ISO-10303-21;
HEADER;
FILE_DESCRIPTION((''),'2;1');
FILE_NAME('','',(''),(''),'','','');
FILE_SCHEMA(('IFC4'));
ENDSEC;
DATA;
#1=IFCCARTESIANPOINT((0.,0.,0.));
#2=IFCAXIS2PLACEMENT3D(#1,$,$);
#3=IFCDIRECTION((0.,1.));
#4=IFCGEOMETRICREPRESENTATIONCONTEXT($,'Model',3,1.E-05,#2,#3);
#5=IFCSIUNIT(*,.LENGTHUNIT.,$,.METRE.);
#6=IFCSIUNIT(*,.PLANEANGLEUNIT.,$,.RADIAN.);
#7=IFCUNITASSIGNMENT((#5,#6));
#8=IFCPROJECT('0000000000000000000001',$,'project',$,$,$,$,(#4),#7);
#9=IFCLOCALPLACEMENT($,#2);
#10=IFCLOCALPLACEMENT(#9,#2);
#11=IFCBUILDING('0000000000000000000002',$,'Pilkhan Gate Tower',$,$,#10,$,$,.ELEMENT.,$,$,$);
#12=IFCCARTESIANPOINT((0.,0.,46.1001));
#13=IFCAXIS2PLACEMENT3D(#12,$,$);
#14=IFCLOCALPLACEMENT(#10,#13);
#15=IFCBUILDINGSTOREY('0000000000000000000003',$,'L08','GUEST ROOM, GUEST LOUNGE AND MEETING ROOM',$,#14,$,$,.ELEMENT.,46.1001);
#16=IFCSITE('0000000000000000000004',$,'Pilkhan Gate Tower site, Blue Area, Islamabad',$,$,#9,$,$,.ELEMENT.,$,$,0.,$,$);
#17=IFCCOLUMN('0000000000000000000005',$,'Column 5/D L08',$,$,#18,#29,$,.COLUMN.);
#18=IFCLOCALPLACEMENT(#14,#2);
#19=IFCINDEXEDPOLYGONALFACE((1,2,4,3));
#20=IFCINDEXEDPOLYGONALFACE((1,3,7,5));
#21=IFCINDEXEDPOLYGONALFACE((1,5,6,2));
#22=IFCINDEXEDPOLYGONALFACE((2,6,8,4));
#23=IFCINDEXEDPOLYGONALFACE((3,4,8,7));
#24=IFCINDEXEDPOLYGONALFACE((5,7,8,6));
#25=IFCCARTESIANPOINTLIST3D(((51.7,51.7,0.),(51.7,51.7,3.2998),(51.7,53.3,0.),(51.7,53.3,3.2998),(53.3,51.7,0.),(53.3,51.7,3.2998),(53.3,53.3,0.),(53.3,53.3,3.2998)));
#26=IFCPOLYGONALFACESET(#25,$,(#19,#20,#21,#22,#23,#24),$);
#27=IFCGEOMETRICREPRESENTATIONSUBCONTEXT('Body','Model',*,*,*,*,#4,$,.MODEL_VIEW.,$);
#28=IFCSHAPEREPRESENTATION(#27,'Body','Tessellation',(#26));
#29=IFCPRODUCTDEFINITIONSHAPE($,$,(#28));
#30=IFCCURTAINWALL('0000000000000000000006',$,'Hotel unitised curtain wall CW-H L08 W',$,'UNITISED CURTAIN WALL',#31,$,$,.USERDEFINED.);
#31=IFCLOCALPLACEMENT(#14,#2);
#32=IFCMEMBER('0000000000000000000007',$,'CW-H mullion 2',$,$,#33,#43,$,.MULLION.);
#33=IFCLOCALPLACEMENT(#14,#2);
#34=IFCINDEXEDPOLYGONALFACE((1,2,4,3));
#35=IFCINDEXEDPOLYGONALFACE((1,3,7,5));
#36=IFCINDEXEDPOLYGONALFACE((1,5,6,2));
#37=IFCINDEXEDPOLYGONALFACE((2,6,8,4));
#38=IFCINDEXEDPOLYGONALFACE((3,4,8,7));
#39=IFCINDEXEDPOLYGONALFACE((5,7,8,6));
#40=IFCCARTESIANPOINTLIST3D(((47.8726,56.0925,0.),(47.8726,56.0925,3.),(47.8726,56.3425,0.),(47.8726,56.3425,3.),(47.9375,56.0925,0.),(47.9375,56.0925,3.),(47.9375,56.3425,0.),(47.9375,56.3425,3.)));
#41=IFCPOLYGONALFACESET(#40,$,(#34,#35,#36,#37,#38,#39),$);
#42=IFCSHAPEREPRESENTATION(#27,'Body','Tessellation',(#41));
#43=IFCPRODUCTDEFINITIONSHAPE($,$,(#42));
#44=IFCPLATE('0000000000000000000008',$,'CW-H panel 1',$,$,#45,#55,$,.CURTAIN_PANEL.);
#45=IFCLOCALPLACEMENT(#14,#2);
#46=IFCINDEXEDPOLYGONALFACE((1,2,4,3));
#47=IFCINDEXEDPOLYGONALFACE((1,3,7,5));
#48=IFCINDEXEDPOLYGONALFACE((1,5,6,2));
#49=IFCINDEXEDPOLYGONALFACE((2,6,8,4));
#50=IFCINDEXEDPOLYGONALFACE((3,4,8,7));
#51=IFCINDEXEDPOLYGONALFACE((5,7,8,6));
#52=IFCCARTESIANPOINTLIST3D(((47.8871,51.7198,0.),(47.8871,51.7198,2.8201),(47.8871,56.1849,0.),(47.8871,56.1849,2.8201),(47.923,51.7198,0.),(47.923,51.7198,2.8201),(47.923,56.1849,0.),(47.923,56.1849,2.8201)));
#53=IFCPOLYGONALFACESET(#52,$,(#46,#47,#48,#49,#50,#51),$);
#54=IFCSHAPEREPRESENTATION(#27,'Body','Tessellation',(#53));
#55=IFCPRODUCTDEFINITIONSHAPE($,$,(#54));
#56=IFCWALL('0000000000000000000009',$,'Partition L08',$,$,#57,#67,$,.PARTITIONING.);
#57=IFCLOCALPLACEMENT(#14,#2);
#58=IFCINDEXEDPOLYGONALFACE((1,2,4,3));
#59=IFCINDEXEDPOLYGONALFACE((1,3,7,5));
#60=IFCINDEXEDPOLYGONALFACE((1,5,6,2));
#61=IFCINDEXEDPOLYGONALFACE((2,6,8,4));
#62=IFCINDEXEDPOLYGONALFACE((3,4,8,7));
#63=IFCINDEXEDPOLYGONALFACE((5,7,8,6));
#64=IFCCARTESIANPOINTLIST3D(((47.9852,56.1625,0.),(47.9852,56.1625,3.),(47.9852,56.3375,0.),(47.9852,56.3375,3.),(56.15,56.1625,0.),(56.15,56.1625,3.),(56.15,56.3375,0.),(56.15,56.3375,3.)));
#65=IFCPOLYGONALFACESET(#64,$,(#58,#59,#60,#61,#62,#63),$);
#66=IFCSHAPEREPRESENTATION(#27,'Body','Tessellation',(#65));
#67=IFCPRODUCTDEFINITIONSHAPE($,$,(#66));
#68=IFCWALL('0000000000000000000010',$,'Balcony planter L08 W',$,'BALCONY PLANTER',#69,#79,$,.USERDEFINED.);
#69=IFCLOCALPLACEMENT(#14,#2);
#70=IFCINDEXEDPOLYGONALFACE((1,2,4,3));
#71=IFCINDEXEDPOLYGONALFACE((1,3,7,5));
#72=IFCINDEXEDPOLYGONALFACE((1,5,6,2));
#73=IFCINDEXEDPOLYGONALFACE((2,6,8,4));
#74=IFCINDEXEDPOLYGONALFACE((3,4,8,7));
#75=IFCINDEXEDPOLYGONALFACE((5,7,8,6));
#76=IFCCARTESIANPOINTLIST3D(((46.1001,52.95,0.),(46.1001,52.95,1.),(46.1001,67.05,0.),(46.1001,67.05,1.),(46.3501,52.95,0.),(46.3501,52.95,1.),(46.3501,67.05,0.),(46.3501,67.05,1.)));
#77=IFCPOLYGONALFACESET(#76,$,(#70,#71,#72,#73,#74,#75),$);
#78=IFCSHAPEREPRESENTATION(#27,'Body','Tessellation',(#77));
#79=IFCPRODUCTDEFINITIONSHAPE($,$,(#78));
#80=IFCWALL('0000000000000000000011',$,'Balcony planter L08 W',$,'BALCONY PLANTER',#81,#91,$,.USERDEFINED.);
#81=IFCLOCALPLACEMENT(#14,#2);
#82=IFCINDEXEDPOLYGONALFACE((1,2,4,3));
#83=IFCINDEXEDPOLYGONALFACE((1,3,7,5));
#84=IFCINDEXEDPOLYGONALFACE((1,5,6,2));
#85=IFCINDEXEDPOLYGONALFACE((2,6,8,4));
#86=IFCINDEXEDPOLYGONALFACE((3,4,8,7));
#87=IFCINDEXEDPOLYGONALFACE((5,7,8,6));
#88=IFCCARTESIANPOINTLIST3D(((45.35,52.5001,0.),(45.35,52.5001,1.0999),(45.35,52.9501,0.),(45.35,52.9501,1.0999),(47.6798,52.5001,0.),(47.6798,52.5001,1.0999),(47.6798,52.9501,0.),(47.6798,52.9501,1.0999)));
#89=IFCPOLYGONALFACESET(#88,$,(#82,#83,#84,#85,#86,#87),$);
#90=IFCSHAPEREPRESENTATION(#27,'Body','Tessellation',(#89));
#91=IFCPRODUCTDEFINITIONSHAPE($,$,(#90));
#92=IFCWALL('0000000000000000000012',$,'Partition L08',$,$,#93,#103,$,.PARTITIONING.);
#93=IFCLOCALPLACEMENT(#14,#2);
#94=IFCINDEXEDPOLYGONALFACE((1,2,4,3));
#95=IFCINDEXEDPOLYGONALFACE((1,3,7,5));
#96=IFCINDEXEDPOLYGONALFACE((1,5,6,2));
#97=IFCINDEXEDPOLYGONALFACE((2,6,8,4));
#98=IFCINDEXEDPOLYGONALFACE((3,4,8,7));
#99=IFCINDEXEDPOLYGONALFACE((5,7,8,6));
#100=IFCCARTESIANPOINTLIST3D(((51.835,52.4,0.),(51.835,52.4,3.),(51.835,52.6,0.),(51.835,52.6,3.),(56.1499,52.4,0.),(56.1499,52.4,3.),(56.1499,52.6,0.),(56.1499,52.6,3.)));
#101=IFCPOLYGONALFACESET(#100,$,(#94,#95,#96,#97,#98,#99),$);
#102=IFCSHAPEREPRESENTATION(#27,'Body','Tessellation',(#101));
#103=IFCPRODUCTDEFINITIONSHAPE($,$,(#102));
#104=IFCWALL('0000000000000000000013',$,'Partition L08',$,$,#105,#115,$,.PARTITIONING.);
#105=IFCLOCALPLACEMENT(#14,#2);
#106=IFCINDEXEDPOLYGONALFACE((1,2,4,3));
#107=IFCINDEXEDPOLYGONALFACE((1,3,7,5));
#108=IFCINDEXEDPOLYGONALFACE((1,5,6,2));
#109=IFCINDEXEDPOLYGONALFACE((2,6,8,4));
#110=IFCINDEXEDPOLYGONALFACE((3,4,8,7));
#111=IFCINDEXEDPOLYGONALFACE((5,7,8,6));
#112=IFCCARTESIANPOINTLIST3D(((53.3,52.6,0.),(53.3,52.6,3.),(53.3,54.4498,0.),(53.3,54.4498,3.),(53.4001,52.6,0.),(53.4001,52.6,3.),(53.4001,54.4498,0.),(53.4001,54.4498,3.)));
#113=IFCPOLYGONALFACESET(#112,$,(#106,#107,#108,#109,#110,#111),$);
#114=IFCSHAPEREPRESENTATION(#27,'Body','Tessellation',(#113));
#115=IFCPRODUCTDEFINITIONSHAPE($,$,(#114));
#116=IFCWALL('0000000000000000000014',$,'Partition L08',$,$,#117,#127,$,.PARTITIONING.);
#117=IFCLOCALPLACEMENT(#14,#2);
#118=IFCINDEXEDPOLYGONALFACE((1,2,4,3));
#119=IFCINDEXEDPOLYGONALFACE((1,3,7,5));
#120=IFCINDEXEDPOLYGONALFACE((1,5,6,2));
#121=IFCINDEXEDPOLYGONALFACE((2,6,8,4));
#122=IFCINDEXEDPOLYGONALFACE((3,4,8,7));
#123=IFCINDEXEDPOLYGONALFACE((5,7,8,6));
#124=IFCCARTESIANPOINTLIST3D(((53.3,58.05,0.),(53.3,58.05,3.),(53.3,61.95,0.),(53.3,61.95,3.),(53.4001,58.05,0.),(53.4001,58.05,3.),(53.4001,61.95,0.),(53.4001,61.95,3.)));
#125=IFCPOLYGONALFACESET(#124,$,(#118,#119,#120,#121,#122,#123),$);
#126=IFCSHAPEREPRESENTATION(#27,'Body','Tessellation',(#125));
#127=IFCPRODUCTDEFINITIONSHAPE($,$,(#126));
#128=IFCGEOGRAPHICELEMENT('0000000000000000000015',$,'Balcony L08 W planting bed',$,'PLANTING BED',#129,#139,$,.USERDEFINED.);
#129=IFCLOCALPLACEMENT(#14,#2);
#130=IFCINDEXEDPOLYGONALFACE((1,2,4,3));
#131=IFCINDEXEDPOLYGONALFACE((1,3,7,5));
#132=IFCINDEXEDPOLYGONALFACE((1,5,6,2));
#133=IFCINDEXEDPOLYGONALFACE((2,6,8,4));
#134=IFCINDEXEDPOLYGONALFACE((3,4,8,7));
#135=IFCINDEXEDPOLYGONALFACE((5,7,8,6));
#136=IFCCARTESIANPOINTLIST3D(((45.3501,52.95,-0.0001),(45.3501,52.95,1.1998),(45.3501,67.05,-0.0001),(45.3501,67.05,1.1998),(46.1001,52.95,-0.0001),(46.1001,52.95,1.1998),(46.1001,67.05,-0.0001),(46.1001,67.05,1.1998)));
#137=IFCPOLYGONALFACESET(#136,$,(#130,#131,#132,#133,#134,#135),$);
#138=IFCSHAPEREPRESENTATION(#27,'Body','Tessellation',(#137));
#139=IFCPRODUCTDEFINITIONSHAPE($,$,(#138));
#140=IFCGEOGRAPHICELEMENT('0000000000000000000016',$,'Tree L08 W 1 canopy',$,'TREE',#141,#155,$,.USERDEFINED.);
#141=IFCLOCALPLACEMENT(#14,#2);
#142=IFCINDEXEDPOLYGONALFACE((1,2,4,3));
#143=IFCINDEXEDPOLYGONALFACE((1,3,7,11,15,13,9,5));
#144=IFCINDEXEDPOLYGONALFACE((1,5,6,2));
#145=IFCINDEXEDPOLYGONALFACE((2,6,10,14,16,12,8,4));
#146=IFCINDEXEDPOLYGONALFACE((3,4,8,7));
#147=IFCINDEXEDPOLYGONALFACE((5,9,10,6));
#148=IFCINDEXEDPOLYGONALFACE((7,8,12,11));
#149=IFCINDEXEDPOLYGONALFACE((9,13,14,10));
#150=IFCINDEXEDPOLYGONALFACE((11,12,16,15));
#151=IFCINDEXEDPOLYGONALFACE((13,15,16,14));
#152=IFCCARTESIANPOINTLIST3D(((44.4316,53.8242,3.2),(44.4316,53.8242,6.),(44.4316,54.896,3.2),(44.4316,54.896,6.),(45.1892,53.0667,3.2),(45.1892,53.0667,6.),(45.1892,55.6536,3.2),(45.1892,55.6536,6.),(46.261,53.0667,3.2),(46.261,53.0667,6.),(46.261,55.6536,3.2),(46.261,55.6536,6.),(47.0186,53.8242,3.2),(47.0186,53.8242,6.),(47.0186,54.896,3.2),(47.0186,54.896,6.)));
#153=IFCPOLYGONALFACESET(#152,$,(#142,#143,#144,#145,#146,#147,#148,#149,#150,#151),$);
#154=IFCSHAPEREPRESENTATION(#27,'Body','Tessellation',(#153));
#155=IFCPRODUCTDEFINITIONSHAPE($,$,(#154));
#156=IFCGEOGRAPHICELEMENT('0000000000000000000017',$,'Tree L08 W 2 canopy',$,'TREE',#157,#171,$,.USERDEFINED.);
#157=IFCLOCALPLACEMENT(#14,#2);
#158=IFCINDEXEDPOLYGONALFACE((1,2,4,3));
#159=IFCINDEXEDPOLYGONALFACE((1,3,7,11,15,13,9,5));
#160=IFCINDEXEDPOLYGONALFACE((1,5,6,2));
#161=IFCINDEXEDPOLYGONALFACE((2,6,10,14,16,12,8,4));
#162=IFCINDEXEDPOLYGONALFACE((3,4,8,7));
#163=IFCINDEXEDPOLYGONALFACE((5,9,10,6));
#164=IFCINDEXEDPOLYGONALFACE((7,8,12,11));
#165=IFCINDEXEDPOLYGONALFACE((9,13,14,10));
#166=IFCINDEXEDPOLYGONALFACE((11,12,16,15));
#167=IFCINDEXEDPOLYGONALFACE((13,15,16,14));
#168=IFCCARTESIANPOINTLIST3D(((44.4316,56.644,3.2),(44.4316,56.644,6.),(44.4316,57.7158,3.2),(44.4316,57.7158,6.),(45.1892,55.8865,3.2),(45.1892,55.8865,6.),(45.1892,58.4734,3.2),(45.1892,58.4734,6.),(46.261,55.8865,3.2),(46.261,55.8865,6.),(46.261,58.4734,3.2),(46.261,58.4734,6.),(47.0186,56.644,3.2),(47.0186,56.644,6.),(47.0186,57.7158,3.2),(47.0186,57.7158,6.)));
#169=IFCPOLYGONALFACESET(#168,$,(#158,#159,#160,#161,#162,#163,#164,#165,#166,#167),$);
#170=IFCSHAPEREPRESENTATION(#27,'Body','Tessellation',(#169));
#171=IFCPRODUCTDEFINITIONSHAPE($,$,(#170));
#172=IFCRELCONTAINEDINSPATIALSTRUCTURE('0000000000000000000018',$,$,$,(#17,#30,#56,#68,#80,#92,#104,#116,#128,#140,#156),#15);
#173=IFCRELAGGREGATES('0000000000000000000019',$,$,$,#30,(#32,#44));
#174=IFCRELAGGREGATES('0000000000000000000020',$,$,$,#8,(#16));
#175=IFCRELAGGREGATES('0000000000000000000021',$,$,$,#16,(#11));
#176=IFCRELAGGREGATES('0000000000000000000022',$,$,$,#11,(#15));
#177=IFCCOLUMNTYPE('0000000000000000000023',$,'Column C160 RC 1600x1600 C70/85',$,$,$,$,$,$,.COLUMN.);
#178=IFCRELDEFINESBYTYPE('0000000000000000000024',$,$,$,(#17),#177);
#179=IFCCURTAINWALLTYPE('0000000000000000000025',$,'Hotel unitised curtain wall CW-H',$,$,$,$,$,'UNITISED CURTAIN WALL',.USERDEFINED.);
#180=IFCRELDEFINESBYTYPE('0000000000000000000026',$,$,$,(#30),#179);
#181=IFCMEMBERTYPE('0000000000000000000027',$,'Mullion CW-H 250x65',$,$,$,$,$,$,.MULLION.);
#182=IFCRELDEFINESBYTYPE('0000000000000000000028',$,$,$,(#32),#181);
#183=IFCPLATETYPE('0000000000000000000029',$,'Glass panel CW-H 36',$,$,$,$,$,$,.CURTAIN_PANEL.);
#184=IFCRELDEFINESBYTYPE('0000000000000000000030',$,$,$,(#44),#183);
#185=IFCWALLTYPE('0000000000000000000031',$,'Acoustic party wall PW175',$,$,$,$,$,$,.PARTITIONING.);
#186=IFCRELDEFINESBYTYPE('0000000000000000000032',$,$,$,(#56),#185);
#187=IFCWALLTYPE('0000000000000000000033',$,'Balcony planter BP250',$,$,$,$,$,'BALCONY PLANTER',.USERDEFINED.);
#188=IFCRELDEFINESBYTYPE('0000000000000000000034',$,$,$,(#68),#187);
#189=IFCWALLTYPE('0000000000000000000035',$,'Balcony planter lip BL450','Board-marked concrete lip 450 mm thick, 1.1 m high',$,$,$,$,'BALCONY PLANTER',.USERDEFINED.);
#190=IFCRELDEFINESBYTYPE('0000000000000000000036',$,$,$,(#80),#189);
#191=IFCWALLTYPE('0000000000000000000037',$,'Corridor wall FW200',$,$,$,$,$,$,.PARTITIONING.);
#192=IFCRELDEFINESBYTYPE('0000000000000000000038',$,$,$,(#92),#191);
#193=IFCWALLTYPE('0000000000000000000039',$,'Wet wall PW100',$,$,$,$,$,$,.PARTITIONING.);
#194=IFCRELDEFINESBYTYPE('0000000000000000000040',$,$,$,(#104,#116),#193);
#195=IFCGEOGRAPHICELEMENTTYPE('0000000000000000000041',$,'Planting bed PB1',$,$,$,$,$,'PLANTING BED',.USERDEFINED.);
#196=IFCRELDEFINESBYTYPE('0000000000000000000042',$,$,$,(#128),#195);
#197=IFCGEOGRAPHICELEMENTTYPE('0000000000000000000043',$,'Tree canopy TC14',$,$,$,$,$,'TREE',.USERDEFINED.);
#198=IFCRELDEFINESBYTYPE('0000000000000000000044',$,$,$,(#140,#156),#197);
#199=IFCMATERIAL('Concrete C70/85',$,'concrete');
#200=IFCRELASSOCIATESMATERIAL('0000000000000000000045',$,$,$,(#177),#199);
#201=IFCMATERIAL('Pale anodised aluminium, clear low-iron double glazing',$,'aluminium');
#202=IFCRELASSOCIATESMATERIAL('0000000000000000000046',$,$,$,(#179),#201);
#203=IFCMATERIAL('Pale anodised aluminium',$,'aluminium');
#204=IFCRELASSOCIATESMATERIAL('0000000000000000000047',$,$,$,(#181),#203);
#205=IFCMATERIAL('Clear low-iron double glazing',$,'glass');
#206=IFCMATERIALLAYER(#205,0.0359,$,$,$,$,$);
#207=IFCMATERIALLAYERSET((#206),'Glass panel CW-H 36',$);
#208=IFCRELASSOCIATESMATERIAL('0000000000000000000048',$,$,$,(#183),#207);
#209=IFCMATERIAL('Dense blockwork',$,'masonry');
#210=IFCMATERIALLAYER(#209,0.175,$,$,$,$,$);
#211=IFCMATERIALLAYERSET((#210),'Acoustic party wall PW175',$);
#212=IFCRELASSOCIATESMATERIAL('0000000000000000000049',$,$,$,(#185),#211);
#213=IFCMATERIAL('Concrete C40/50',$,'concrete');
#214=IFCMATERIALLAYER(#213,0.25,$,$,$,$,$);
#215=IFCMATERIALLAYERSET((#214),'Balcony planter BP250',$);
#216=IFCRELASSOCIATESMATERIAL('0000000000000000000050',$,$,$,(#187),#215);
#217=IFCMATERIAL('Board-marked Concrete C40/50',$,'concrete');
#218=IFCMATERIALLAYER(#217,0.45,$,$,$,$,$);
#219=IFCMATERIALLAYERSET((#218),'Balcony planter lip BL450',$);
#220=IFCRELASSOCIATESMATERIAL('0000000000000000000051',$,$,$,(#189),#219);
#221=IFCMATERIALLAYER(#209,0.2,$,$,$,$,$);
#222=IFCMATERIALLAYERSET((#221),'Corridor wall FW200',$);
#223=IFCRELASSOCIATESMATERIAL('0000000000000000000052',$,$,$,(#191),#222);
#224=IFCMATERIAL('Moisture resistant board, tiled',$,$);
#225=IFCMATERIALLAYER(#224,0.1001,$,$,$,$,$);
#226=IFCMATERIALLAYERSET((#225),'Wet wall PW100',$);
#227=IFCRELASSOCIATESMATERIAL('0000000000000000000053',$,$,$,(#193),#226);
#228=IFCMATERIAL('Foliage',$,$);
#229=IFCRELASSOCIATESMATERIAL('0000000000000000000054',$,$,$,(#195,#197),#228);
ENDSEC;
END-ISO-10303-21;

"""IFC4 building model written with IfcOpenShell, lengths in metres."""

from ifc_helpers import new_model, si_unit, direction, frame, frame_2d, origin, origin_2d, place, context, subcontext, project, spatial, polyline, rectangle, outline, extrude, material, layer, layer_set, material_profile, profile_set, type_object, element, aggregate, save


model = new_model("IFC4")

# Units and contexts
model_context = context("Model", 3, precision=1e-05, world=origin(), true_north=direction((0.0, 1.0)))
body_context = subcontext(model_context, "Body", "Model", "MODEL_VIEW")
ifc_project = project(units=[si_unit("LENGTHUNIT", "METRE"), si_unit("PLANEANGLEUNIT", "RADIAN")], contexts=[model_context])

# Site, building, storey
site_placement = place(None, origin())
site = spatial("IfcSite", under=ifc_project, at=site_placement, Name="Pilkhan Gate Tower site, Blue Area, Islamabad", CompositionType="ELEMENT", RefElevation=0.0)
building_placement = place(site_placement, origin())
building = spatial("IfcBuilding", under=site, at=building_placement, Name="Pilkhan Gate Tower", CompositionType="ELEMENT")
storey_placement = place(building_placement, frame((0.0, 0.0, 46.1001)))
storey = spatial("IfcBuildingStorey", under=building, at=storey_placement, Name="L08", Description="GUEST ROOM, GUEST LOUNGE AND MEETING ROOM", CompositionType="ELEMENT", Elevation=46.1001)

# Column
ifc_material_1 = material(Name="Concrete C70/85", Category="concrete")
ifc_material_profile_1 = material_profile(ifc_material_1, rectangle(XDim=1.6001, YDim=1.6001, at=origin_2d()), Name="RC 1600x1600")
ifc_profile_set_1 = profile_set([ifc_material_profile_1], Name="Concrete C70/85")
column_type = type_object("IfcColumnType", Name="Column C160 RC 1600x1600 C70/85", PredefinedType="COLUMN", material=ifc_profile_set_1)
column_placement = place(storey_placement, frame((52.5, 52.5, 0.0), z_axis=(0.0, 0.0, 1.0), x_axis=(1.0, 0.0, 0.0)))
element("IfcColumn", 1, at=column_placement, inside=storey, type_object=column_type, Name="Column 5/D L08", PredefinedType="COLUMN", context=body_context, shape_type="SweptSolid", body=[
    extrude(rectangle(XDim=1.6001, YDim=1.6001, at=origin_2d()), origin(), (0.0, 0.0, 1.0), 3.2998),
])

# Curtain wall, member, plate
ifc_material_2 = material(Name="Pale anodised aluminium, clear low-iron double glazing", Category="aluminium")
curtain_wall_type = type_object("IfcCurtainWallType", Name="Hotel unitised curtain wall CW-H", ElementType="UNITISED CURTAIN WALL", PredefinedType="USERDEFINED", material=ifc_material_2)
curtain_wall_placement = place(storey_placement, origin())
curtain_wall = element("IfcCurtainWall", 2, at=curtain_wall_placement, inside=storey, type_object=curtain_wall_type, Name="Hotel unitised curtain wall CW-H L08 W", ObjectType="UNITISED CURTAIN WALL", PredefinedType="USERDEFINED")
ifc_material_3 = material(Name="Pale anodised aluminium", Category="aluminium")
ifc_material_profile_2 = material_profile(ifc_material_3, rectangle(XDim=0.0649, YDim=0.25, at=origin_2d()), Name="Mullion 250x65")
ifc_profile_set_2 = profile_set([ifc_material_profile_2], Name="Pale anodised aluminium")
member_type = type_object("IfcMemberType", Name="Mullion CW-H 250x65", PredefinedType="MULLION", material=ifc_profile_set_2)
member_placement = place(storey_placement, frame((47.905, 56.2175, 0.0), z_axis=(0.0, 0.0, 1.0), x_axis=(-1.0, 0.0, 0.0)))
member = element("IfcMember", 3, at=member_placement, type_object=member_type, Name="CW-H mullion 2", PredefinedType="MULLION", context=body_context, shape_type="SweptSolid", body=[
    extrude(rectangle(XDim=0.0649, YDim=0.25, at=origin_2d()), origin(), (0.0, 0.0, 1.0), 3.0),
])
ifc_material_4 = material(Name="Clear low-iron double glazing", Category="glass")
ifc_layer_1 = layer(ifc_material_4, 0.0359)
ifc_layer_set_1 = layer_set([ifc_layer_1], Name="Glass panel CW-H 36")
plate_type = type_object("IfcPlateType", Name="Glass panel CW-H 36", PredefinedType="CURTAIN_PANEL", material=ifc_layer_set_1)
plate_placement = place(storey_placement, frame((47.905, 53.9524, 0.0), z_axis=(0.0, 0.0, 1.0), x_axis=(0.0, 1.0, 0.0)))
plate = element("IfcPlate", 4, at=plate_placement, type_object=plate_type, Name="CW-H panel 1", PredefinedType="CURTAIN_PANEL", context=body_context, shape_type="SweptSolid", body=[
    extrude(rectangle(XDim=4.4651, YDim=0.0359, at=origin_2d()), origin(), (0.0, 0.0, 1.0), 2.8201),
])
aggregate(curtain_wall, [member, plate])

# Walls
ifc_material_5 = material(Name="Dense blockwork", Category="masonry")
ifc_layer_2 = layer(ifc_material_5, 0.175)
ifc_layer_set_2 = layer_set([ifc_layer_2], Name="Acoustic party wall PW175")
wall_type_1 = type_object("IfcWallType", Name="Acoustic party wall PW175", PredefinedType="PARTITIONING", material=ifc_layer_set_2)
wall_1_placement = place(storey_placement, frame((47.9851, 56.25, 0.0), z_axis=(0.0, 0.0, 1.0), x_axis=(1.0, 0.0, 0.0)))
element("IfcWall", 5, at=wall_1_placement, inside=storey, type_object=wall_type_1, Name="Partition L08", PredefinedType="PARTITIONING", context=body_context, shape_type="SweptSolid", body=[
    extrude(rectangle(XDim=8.1648, YDim=0.175, at=frame_2d((4.0825, 0.0))), origin(), (0.0, 0.0, 1.0), 3.0),
])
ifc_material_6 = material(Name="Concrete C40/50", Category="concrete")
ifc_layer_3 = layer(ifc_material_6, 0.25)
ifc_layer_set_3 = layer_set([ifc_layer_3], Name="Balcony planter BP250")
wall_type_2 = type_object("IfcWallType", Name="Balcony planter BP250", ElementType="BALCONY PLANTER", PredefinedType="USERDEFINED", material=ifc_layer_set_3)
wall_2_placement = place(storey_placement, frame((46.2251, 52.95, 0.0), z_axis=(0.0, 0.0, 1.0), x_axis=(0.0, 1.0, 0.0)))
element("IfcWall", 6, at=wall_2_placement, inside=storey, type_object=wall_type_2, Name="Balcony planter L08 W", ObjectType="BALCONY PLANTER", PredefinedType="USERDEFINED", context=body_context, shape_type="SweptSolid", body=[
    extrude(rectangle(XDim=14.1001, YDim=0.25, at=frame_2d((7.05, 0.0))), origin(), (0.0, 0.0, 1.0), 1.0),
])
ifc_material_7 = material(Name="Board-marked Concrete C40/50", Category="concrete")
ifc_layer_4 = layer(ifc_material_7, 0.45)
ifc_layer_set_4 = layer_set([ifc_layer_4], Name="Balcony planter lip BL450")
wall_type_3 = type_object("IfcWallType", Name="Balcony planter lip BL450", Description="Board-marked concrete lip 450 mm thick, 1.1 m high", ElementType="BALCONY PLANTER", PredefinedType="USERDEFINED", material=ifc_layer_set_4)
wall_3_placement = place(storey_placement, frame((47.6799, 52.7251, 0.0), z_axis=(0.0, 0.0, 1.0), x_axis=(-1.0, 0.0, 0.0)))
element("IfcWall", 7, at=wall_3_placement, inside=storey, type_object=wall_type_3, Name="Balcony planter L08 W", ObjectType="BALCONY PLANTER", PredefinedType="USERDEFINED", context=body_context, shape_type="SweptSolid", body=[
    extrude(rectangle(XDim=2.3298, YDim=0.45, at=frame_2d((1.165, 0.0))), origin(), (0.0, 0.0, 1.0), 1.0999),
])
ifc_layer_5 = layer(ifc_material_5, 0.2)
ifc_layer_set_5 = layer_set([ifc_layer_5], Name="Corridor wall FW200")
wall_type_4 = type_object("IfcWallType", Name="Corridor wall FW200", PredefinedType="PARTITIONING", material=ifc_layer_set_5)
wall_4_placement = place(storey_placement, frame((51.835, 52.5, 0.0), z_axis=(0.0, 0.0, 1.0), x_axis=(1.0, 0.0, 0.0)))
element("IfcWall", 8, at=wall_4_placement, inside=storey, type_object=wall_type_4, Name="Partition L08", PredefinedType="PARTITIONING", context=body_context, shape_type="SweptSolid", body=[
    extrude(rectangle(XDim=4.3149, YDim=0.2, at=frame_2d((2.1575, 0.0))), origin(), (0.0, 0.0, 1.0), 3.0),
])

# Walls
ifc_material_8 = material(Name="Moisture resistant board, tiled")
ifc_layer_6 = layer(ifc_material_8, 0.1001)
ifc_layer_set_6 = layer_set([ifc_layer_6], Name="Wet wall PW100")
wall_type_5 = type_object("IfcWallType", Name="Wet wall PW100", PredefinedType="PARTITIONING", material=ifc_layer_set_6)
wall_5_placement = place(storey_placement, frame((53.3501, 52.6001, 0.0), z_axis=(0.0, 0.0, 1.0), x_axis=(0.0, 1.0, 0.0)))
element("IfcWall", 9, at=wall_5_placement, inside=storey, type_object=wall_type_5, Name="Partition L08", PredefinedType="PARTITIONING", context=body_context, shape_type="SweptSolid", body=[
    extrude(rectangle(XDim=1.8499, YDim=0.1001, at=frame_2d((0.9248, 0.0))), origin(), (0.0, 0.0, 1.0), 3.0),
])
wall_6_placement = place(storey_placement, frame((53.3501, 58.05, 0.0), z_axis=(0.0, 0.0, 1.0), x_axis=(0.0, 1.0, 0.0)))
element("IfcWall", 10, at=wall_6_placement, inside=storey, type_object=wall_type_5, Name="Partition L08", PredefinedType="PARTITIONING", context=body_context, shape_type="SweptSolid", body=[
    extrude(rectangle(XDim=3.8999, YDim=0.1001, at=frame_2d((1.95, 0.0))), origin(), (0.0, 0.0, 1.0), 3.0),
])

# Geographic elements
ifc_material_9 = material(Name="Foliage")
ifc_material_profile_3 = material_profile(ifc_material_9, rectangle(XDim=0.75, YDim=1.2, at=origin_2d()), Name="Bed 750x1200")
ifc_profile_set_3 = profile_set([ifc_material_profile_3], Name="Foliage")
geographic_element_type_1 = type_object("IfcGeographicElementType", Name="Planting bed PB1", ElementType="PLANTING BED", PredefinedType="USERDEFINED", material=ifc_profile_set_3)
geographic_element_placement = place(storey_placement, frame((45.7251, 52.95, 0.5999), z_axis=(0.0, 1.0, 0.0), x_axis=(-1.0, 0.0, 0.0)))
element("IfcGeographicElement", 11, at=geographic_element_placement, inside=storey, type_object=geographic_element_type_1, Name="Balcony L08 W planting bed", ObjectType="PLANTING BED", PredefinedType="USERDEFINED", context=body_context, shape_type="SweptSolid", body=[
    extrude(rectangle(XDim=0.75, YDim=1.2, at=origin_2d()), origin(), (0.0, 0.0, 1.0), 14.1001),
])
ifc_material_profile_4 = material_profile(ifc_material_9, outline(polyline([(1.2935, 0.5359), (0.5359, 1.2935), (-0.5359, 1.2935), (-1.2935, 0.5359), (-1.2935, -0.5359), (-0.5359, -1.2935), (0.5359, -1.2935), (1.2935, -0.5359), (1.2935, 0.5359)])), Name="Canopy D2.8")
ifc_profile_set_4 = profile_set([ifc_material_profile_4], Name="Foliage")
geographic_element_type_2 = type_object("IfcGeographicElementType", Name="Tree canopy TC14", ElementType="TREE", PredefinedType="USERDEFINED", material=ifc_profile_set_4)
for number, where, z_axis, x_axis, name in (
    (12, (45.7251, 54.3601, 3.2), (0.0, 0.0, 1.0), (1.0, 0.0, 0.0), "Tree L08 W 1 canopy"),
    (13, (45.7251, 57.1799, 3.2), (0.0, 0.0, 1.0), (1.0, 0.0, 0.0), "Tree L08 W 2 canopy"),
):
    element("IfcGeographicElement", number, at=place(storey_placement, frame(where, z_axis=z_axis, x_axis=x_axis)), inside=storey, type_object=geographic_element_type_2, Name=name, ObjectType="TREE", PredefinedType="USERDEFINED", context=body_context, shape_type="SweptSolid", body=[
        extrude(outline(polyline([(1.2935, 0.5359), (0.5359, 1.2935), (-0.5359, 1.2935), (-1.2935, 0.5359), (-1.2935, -0.5359), (-0.5359, -1.2935), (0.5359, -1.2935), (1.2935, -0.5359), (1.2935, 0.5359)])), origin(), (0.0, 0.0, 1.0), 2.8),
    ])

save(model, "model.ifc")
